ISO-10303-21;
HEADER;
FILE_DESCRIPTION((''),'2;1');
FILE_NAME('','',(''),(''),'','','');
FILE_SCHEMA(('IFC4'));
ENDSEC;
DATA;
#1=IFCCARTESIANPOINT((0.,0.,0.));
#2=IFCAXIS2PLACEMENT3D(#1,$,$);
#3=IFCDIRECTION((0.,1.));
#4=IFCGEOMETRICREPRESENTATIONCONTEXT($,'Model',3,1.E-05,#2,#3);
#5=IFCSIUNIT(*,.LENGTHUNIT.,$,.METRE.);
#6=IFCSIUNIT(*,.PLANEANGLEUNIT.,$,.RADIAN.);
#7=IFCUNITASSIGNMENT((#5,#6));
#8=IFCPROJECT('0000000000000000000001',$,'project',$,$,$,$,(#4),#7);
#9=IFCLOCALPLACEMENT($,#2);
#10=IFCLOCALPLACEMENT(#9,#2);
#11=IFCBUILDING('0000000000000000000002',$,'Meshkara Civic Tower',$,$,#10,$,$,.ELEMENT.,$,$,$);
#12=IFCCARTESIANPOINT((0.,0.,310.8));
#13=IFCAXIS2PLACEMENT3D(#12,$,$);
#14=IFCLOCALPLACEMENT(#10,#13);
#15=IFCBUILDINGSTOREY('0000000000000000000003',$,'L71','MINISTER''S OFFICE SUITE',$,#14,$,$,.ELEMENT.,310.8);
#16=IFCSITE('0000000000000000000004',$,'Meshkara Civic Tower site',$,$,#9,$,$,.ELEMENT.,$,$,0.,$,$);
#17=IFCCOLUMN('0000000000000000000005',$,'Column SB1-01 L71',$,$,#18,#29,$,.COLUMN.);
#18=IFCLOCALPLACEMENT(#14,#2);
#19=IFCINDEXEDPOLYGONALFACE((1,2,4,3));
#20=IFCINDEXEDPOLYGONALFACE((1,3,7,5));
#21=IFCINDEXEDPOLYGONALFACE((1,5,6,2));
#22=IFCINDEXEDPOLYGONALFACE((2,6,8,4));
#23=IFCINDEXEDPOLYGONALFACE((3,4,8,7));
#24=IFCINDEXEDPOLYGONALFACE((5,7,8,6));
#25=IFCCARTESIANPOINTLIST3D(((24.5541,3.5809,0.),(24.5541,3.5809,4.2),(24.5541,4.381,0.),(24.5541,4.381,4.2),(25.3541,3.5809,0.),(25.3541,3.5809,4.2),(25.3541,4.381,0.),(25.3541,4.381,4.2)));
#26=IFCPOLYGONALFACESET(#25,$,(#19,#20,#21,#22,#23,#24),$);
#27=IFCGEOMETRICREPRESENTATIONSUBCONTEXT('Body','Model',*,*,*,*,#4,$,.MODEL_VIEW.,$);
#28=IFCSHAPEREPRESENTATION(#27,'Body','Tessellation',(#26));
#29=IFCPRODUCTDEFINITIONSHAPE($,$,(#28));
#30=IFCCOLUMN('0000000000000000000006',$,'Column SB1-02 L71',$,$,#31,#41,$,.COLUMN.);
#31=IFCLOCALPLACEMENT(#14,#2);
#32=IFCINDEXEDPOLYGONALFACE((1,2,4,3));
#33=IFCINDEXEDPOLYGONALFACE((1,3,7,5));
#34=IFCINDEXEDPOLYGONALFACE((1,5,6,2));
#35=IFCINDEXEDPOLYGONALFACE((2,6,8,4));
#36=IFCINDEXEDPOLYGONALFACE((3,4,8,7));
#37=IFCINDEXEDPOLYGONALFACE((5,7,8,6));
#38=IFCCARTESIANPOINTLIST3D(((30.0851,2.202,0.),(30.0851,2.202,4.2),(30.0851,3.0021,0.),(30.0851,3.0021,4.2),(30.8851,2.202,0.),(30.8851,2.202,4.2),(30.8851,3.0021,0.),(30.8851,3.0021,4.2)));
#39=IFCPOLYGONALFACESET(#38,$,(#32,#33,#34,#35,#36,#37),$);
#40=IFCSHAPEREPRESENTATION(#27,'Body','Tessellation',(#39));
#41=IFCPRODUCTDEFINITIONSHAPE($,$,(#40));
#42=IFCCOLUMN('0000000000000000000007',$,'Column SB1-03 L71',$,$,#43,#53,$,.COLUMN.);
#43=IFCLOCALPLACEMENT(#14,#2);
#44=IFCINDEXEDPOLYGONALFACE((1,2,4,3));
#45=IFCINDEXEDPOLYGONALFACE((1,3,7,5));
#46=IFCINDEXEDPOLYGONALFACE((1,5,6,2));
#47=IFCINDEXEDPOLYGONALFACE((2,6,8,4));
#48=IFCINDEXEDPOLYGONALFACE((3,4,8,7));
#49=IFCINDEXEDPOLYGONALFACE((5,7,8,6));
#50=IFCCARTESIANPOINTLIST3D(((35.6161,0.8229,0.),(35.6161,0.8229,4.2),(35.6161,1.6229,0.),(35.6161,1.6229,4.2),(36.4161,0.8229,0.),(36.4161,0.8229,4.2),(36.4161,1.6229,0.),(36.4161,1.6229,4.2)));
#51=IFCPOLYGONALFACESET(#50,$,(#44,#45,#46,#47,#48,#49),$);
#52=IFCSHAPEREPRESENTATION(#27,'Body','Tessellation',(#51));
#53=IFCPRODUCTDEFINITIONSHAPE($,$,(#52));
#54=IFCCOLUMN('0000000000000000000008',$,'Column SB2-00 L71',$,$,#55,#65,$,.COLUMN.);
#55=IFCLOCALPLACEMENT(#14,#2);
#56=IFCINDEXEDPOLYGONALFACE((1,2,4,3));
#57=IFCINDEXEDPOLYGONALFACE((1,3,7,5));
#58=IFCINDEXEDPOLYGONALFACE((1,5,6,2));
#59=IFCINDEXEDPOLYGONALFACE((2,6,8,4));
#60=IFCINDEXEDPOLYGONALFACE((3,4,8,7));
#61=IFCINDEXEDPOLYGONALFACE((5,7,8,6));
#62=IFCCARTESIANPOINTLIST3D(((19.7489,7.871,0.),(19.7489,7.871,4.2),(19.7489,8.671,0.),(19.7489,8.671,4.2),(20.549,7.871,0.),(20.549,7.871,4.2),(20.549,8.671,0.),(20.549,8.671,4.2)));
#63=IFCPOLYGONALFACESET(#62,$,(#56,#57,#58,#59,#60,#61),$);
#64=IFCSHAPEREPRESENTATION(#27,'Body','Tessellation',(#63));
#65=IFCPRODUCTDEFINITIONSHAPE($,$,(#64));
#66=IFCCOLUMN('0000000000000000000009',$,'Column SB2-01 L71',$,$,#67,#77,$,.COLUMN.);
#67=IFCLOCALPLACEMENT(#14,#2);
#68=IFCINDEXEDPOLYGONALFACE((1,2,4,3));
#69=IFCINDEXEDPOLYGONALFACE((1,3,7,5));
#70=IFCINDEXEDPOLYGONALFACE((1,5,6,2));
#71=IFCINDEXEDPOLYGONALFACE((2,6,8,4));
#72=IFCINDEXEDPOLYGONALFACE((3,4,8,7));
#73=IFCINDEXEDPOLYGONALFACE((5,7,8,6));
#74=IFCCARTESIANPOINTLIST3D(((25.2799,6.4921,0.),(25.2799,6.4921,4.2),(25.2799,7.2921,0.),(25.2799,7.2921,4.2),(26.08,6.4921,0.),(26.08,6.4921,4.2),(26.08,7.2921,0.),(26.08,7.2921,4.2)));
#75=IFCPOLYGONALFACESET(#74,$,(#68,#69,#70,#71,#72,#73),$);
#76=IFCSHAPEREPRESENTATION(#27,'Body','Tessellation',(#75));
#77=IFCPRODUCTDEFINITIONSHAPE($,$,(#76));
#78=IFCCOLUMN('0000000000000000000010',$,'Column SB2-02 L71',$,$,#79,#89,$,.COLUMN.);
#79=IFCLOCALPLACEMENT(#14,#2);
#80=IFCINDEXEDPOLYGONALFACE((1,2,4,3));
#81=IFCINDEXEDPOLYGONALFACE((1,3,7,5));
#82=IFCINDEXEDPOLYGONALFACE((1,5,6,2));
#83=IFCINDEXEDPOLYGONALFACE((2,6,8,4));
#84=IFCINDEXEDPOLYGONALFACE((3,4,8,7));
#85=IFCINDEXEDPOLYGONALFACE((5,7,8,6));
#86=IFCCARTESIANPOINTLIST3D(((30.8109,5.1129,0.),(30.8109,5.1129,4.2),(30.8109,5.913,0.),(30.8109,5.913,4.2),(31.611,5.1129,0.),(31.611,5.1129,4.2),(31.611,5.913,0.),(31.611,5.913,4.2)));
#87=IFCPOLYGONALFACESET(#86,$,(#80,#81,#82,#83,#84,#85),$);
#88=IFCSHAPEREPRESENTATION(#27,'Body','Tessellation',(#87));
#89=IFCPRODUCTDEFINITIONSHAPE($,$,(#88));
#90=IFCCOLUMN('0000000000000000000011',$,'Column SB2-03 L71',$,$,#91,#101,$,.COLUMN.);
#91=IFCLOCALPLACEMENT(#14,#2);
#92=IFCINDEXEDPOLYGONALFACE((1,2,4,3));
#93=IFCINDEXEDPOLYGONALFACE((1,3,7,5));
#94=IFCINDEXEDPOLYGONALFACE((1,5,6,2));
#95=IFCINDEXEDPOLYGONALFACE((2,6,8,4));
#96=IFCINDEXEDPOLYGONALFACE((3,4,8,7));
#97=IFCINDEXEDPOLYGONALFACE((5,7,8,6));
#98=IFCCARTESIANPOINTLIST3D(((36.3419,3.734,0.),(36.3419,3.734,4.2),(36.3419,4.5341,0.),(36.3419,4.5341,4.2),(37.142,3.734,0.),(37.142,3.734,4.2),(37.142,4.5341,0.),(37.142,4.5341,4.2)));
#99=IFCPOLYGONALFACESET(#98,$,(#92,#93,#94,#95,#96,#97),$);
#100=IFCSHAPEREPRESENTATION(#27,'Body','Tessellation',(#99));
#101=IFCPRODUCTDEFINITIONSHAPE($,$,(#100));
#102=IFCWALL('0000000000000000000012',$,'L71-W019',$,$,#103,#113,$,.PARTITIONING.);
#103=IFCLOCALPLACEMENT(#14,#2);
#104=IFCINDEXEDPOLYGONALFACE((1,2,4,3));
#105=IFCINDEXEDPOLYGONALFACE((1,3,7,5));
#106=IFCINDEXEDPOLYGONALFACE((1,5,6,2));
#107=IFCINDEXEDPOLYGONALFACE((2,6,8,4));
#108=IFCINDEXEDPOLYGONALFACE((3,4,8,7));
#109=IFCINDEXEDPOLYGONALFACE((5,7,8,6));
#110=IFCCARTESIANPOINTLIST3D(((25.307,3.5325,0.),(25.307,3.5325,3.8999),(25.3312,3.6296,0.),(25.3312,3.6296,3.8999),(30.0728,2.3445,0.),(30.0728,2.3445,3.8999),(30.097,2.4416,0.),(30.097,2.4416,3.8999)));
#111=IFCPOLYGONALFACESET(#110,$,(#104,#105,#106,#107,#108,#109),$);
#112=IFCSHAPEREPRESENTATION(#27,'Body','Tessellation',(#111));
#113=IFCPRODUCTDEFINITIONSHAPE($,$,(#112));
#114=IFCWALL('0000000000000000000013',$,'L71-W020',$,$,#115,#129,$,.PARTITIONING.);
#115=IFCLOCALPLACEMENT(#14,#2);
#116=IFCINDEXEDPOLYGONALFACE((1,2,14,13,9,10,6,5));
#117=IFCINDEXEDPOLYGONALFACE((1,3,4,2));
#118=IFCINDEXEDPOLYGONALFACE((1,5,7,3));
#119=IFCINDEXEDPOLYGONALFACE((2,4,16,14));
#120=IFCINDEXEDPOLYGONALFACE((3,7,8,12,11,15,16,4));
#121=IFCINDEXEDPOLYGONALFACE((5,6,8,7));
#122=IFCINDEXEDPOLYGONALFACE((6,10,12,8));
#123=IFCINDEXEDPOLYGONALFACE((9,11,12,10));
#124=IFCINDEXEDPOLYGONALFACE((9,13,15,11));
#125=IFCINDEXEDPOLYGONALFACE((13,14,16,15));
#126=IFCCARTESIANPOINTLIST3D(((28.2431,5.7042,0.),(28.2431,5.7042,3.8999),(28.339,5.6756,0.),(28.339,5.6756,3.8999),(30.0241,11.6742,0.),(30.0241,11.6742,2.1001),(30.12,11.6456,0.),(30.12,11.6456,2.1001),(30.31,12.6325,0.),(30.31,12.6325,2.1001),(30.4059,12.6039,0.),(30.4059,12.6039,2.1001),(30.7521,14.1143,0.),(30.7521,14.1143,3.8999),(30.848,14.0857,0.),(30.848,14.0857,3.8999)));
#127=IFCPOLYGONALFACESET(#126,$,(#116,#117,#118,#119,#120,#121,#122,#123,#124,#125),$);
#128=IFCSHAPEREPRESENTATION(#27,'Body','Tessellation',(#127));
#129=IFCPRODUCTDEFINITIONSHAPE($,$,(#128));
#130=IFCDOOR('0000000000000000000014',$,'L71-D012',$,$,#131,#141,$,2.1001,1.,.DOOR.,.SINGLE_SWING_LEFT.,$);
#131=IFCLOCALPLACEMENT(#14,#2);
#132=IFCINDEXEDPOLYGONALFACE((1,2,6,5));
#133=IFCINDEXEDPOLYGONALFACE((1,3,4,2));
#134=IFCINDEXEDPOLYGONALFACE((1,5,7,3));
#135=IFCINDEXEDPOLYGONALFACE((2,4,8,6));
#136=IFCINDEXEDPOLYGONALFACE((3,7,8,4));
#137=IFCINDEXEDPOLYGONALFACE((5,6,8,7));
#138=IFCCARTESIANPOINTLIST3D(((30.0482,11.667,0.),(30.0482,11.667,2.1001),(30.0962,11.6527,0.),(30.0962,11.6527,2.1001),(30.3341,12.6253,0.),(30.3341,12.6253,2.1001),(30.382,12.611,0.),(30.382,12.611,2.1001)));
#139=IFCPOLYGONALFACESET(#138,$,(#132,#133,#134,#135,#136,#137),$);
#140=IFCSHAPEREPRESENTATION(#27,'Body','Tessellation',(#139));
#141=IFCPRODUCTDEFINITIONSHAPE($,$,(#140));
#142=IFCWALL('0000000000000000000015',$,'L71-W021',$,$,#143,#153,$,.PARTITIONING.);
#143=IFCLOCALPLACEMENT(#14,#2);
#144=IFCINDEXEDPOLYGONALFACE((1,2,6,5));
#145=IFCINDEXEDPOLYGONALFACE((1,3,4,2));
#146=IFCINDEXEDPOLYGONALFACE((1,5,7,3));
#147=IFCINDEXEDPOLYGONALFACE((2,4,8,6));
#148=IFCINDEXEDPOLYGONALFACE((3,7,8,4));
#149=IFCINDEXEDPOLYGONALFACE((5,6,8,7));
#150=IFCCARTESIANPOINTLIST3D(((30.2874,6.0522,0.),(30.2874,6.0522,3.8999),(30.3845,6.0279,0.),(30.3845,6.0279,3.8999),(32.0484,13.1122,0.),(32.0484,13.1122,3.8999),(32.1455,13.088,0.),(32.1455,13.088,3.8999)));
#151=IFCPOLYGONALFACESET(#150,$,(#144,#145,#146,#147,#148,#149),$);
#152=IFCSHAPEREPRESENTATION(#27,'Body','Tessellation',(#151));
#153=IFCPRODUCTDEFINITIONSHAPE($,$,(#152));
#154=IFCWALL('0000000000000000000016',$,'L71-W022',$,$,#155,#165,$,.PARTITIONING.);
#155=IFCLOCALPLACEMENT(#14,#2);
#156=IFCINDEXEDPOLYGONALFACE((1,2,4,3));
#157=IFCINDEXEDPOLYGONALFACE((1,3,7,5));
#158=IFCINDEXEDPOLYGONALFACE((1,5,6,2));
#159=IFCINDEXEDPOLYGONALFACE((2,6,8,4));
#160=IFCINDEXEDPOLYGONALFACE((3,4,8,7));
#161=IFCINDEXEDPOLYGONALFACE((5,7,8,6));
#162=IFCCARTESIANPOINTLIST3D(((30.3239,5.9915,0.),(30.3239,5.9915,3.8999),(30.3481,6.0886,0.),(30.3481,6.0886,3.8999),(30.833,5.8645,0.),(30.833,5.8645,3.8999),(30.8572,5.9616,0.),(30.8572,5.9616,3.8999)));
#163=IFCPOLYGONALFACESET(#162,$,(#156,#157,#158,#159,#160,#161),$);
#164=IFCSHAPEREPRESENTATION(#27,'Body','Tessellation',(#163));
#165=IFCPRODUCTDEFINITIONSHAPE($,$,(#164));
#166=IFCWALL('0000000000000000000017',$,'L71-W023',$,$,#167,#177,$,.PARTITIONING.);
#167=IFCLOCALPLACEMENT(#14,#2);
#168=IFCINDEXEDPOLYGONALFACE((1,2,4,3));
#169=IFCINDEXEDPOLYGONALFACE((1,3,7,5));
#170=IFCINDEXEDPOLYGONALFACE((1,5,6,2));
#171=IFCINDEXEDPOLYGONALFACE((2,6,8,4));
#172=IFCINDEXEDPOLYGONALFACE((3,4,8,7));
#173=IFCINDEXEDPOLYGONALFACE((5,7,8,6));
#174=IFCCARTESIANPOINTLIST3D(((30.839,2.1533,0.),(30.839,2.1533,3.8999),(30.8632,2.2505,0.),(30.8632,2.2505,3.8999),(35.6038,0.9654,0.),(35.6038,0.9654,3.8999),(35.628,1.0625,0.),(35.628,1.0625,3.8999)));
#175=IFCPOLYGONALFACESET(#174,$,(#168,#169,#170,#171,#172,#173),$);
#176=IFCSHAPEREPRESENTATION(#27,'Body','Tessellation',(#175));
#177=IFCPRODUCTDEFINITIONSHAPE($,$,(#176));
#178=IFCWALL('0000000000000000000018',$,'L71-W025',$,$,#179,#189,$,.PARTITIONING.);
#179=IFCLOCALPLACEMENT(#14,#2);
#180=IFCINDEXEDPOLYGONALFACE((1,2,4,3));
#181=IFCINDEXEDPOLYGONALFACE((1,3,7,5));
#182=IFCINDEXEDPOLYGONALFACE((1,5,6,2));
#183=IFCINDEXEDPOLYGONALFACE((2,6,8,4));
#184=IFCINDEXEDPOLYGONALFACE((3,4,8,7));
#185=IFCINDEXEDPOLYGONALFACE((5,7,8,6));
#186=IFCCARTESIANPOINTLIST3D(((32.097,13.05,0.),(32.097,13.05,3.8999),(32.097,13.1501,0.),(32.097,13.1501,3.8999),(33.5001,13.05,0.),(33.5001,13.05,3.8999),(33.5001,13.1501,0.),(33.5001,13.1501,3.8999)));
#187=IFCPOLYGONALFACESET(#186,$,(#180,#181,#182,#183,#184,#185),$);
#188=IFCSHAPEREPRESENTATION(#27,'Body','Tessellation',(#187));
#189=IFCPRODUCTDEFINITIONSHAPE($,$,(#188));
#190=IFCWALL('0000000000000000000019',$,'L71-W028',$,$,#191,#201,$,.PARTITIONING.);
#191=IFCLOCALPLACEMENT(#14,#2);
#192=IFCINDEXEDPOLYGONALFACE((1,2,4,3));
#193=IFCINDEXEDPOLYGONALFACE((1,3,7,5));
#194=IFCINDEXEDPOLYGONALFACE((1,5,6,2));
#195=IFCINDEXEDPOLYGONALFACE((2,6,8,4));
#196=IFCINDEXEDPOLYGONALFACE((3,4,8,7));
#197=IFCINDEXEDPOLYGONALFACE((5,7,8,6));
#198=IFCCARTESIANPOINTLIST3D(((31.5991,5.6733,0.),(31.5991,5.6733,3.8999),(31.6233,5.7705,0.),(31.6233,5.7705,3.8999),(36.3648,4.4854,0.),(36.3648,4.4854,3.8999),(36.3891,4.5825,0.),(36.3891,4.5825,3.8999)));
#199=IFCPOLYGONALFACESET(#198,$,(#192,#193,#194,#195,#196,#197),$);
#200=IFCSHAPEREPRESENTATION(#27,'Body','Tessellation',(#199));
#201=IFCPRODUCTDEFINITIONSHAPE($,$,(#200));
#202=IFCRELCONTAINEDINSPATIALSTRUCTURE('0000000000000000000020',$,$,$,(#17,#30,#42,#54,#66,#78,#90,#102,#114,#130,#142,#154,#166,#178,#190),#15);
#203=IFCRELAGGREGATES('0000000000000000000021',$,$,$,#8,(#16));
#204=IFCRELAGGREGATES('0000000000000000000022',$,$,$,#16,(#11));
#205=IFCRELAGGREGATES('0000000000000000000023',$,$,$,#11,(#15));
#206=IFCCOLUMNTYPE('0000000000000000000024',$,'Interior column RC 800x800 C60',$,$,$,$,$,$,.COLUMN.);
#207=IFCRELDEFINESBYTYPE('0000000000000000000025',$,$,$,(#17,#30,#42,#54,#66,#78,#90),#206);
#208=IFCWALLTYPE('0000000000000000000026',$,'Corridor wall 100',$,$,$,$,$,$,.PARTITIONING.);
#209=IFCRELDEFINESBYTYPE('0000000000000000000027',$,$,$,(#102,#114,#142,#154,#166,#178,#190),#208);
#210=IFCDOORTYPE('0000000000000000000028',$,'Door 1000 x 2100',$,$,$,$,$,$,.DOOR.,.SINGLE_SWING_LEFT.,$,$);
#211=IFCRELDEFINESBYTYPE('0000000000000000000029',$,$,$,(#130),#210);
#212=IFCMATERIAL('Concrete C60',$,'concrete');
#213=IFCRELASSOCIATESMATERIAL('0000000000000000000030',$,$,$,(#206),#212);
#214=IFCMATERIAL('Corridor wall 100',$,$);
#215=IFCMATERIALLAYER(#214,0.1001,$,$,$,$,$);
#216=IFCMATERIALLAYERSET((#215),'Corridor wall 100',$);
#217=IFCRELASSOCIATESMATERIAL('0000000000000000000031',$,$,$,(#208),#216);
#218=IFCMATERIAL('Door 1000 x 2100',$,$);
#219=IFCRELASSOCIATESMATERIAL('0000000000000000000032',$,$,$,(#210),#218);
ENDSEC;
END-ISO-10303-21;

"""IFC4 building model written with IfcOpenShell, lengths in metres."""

from ifc_helpers import new_model, si_unit, direction, frame, frame_2d, origin, origin_2d, place, context, subcontext, project, spatial, rectangle, extrude, material, layer, layer_set, material_profile, profile_set, type_object, element, fill, save


model = new_model("IFC4")

# Units and contexts
model_context = context("Model", 3, precision=1e-05, world=origin(), true_north=direction((0.0, 1.0)))
body_context = subcontext(model_context, "Body", "Model", "MODEL_VIEW")
ifc_project = project(units=[si_unit("LENGTHUNIT", "METRE"), si_unit("PLANEANGLEUNIT", "RADIAN")], contexts=[model_context])

# Site, building, storey
site_placement = place(None, origin())
site = spatial("IfcSite", under=ifc_project, at=site_placement, Name="Meshkara Civic Tower site", CompositionType="ELEMENT", RefElevation=0.0)
building_placement = place(site_placement, origin())
building = spatial("IfcBuilding", under=site, at=building_placement, Name="Meshkara Civic Tower", CompositionType="ELEMENT")
storey_placement = place(building_placement, frame((0.0, 0.0, 310.8)))
storey = spatial("IfcBuildingStorey", under=building, at=storey_placement, Name="L71", Description="MINISTER'S OFFICE SUITE", CompositionType="ELEMENT", Elevation=310.8)

# Columns
ifc_material_1 = material(Name="Concrete C60", Category="concrete")
ifc_material_profile = material_profile(ifc_material_1, rectangle(XDim=0.8, YDim=0.8, at=origin_2d()))
ifc_profile_set = profile_set([ifc_material_profile], Name="Concrete C60")
column_type = type_object("IfcColumnType", Name="Interior column RC 800x800 C60", PredefinedType="COLUMN", material=ifc_profile_set)
for number, where, z_axis, x_axis, name in (
    (1, (24.9541, 3.981, 0.0), (0.0, 0.0, 1.0), (1.0, 0.0, 0.0), "Column SB1-01 L71"),
    (2, (30.4851, 2.6021, 0.0), (0.0, 0.0, 1.0), (1.0, 0.0, 0.0), "Column SB1-02 L71"),
    (3, (36.0161, 1.2229, 0.0), (0.0, 0.0, 1.0), (1.0, 0.0, 0.0), "Column SB1-03 L71"),
    (4, (20.1489, 8.271, 0.0), (0.0, 0.0, 1.0), (1.0, 0.0, 0.0), "Column SB2-00 L71"),
    (5, (25.6799, 6.8921, 0.0), (0.0, 0.0, 1.0), (1.0, 0.0, 0.0), "Column SB2-01 L71"),
    (6, (31.2109, 5.5129, 0.0), (0.0, 0.0, 1.0), (1.0, 0.0, 0.0), "Column SB2-02 L71"),
    (7, (36.7419, 4.134, 0.0), (0.0, 0.0, 1.0), (1.0, 0.0, 0.0), "Column SB2-03 L71"),
):
    element("IfcColumn", number, at=place(storey_placement, frame(where, z_axis=z_axis, x_axis=x_axis)), inside=storey, type_object=column_type, Name=name, PredefinedType="COLUMN", context=body_context, shape_type="SweptSolid", body=[
        extrude(rectangle(XDim=0.8, YDim=0.8, at=origin_2d()), origin(), (0.0, 0.0, 1.0), 4.2),
    ])

# Wall
ifc_material_2 = material(Name="Corridor wall 100")
ifc_layer_1 = layer(ifc_material_2, 0.1001)
ifc_layer_set_1 = layer_set([ifc_layer_1], Name="Corridor wall 100")
wall_type_1 = type_object("IfcWallType", Name="Corridor wall 100", PredefinedType="PARTITIONING", material=ifc_layer_set_1)
wall_1_placement = place(storey_placement, frame((25.3191, 3.5811, 0.0), z_axis=(0.0, 0.0, 1.0), x_axis=(0.970309, -0.241869, 0.0)))
element("IfcWall", 8, at=wall_1_placement, inside=storey, type_object=wall_type_1, Name="L71-W019", PredefinedType="PARTITIONING", context=body_context, shape_type="SweptSolid", body=[
    extrude(rectangle(XDim=4.9116, YDim=0.1001, at=frame_2d((2.4558, 0.0))), origin(), (0.0, 0.0, 1.0), 3.8999),
])

# Wall, opening, door
wall_2_placement = place(storey_placement, frame((28.291, 5.6899, 0.0), z_axis=(0.0, 0.0, 1.0), x_axis=(0.285883, 0.958265, 0.0)))
wall_2 = element("IfcWall", 9, at=wall_2_placement, inside=storey, type_object=wall_type_1, Name="L71-W020", PredefinedType="PARTITIONING", context=body_context, shape_type="SweptSolid", body=[
    extrude(rectangle(XDim=8.7764, YDim=0.1001, at=frame_2d((4.3882, 0.0))), origin(), (0.0, 0.0, 1.0), 3.8999),
])
opening_1_placement = place(wall_2_placement, frame((6.23, 0.0, 0.0)))
opening_1 = element("IfcOpeningElement", 10, at=opening_1_placement, cuts=wall_2, PredefinedType="OPENING", context=body_context, shape_type="SweptSolid", body=[
    extrude(rectangle(XDim=1.0, YDim=2.1001, at=frame_2d((0.5, 1.05))), frame((0.0, 0.0601, 0.0), z_axis=(0.0, -1.0, 0.0), x_axis=(1.0, 0.0, 0.0)), (0.0, 0.0, 1.0), 0.1201),
])
ifc_material_3 = material(Name="Door 1000 x 2100")
door_type_1 = type_object("IfcDoorType", Name="Door 1000 x 2100", OperationType="SINGLE_SWING_LEFT", PredefinedType="DOOR", material=ifc_material_3)
door_1_placement = place(opening_1_placement, origin())
door_1 = element("IfcDoor", 11, at=door_1_placement, inside=storey, type_object=door_type_1, Name="L71-D012", OperationType="SINGLE_SWING_LEFT", OverallHeight=2.1001, OverallWidth=1.0, PredefinedType="DOOR", context=body_context, shape_type="SweptSolid", body=[
    extrude(rectangle(XDim=1.0, YDim=2.1001, at=frame_2d((0.5, 1.05))), frame((0.0, 0.0249, 0.0), z_axis=(0.0, -1.0, 0.0), x_axis=(1.0, 0.0, 0.0)), (0.0, 0.0, 1.0), 0.05),
])
fill(opening_1, door_1)

# Walls
wall_3_placement = place(storey_placement, frame((30.3359, 6.04, 0.0), z_axis=(0.0, 0.0, 1.0), x_axis=(0.242015, 0.970273, 0.0)))
element("IfcWall", 12, at=wall_3_placement, inside=storey, type_object=wall_type_1, Name="L71-W021", PredefinedType="PARTITIONING", context=body_context, shape_type="SweptSolid", body=[
    extrude(rectangle(XDim=7.2764, YDim=0.1001, at=frame_2d((3.6382, 0.0))), origin(), (0.0, 0.0, 1.0), 3.8999),
])
wall_4_placement = place(storey_placement, frame((30.845, 5.9131, 0.0), z_axis=(0.0, 0.0, 1.0), x_axis=(-0.970279, 0.241988, 0.0)))
element("IfcWall", 13, at=wall_4_placement, inside=storey, type_object=wall_type_1, Name="L71-W022", PredefinedType="PARTITIONING", context=body_context, shape_type="SweptSolid", body=[
    extrude(rectangle(XDim=0.5247, YDim=0.1001, at=frame_2d((0.2622, 0.0))), origin(), (0.0, 0.0, 1.0), 3.8999),
])
wall_5_placement = place(storey_placement, frame((30.8511, 2.2019, 0.0), z_axis=(0.0, 0.0, 1.0), x_axis=(0.970297, -0.241916, 0.0)))
element("IfcWall", 14, at=wall_5_placement, inside=storey, type_object=wall_type_1, Name="L71-W023", PredefinedType="PARTITIONING", context=body_context, shape_type="SweptSolid", body=[
    extrude(rectangle(XDim=4.9106, YDim=0.1001, at=frame_2d((2.4553, 0.0))), origin(), (0.0, 0.0, 1.0), 3.8999),
])
wall_6_placement = place(storey_placement, frame((32.0969, 13.1001, 0.0), z_axis=(0.0, 0.0, 1.0), x_axis=(1.0, 0.0, 0.0)))
element("IfcWall", 15, at=wall_6_placement, inside=storey, type_object=wall_type_1, Name="L71-W025", PredefinedType="PARTITIONING", context=body_context, shape_type="SweptSolid", body=[
    extrude(rectangle(XDim=1.4031, YDim=0.1001, at=frame_2d((0.7017, 0.0))), origin(), (0.0, 0.0, 1.0), 3.8999),
])
wall_7_placement = place(storey_placement, frame((36.377, 4.5339, 0.0), z_axis=(0.0, 0.0, 1.0), x_axis=(-0.970309, 0.241869, 0.0)))
element("IfcWall", 16, at=wall_7_placement, inside=storey, type_object=wall_type_1, Name="L71-W028", PredefinedType="PARTITIONING", context=body_context, shape_type="SweptSolid", body=[
    extrude(rectangle(XDim=4.9116, YDim=0.1001, at=frame_2d((2.4558, 0.0))), origin(), (0.0, 0.0, 1.0), 3.8999),
])

save(model, "model.ifc")
